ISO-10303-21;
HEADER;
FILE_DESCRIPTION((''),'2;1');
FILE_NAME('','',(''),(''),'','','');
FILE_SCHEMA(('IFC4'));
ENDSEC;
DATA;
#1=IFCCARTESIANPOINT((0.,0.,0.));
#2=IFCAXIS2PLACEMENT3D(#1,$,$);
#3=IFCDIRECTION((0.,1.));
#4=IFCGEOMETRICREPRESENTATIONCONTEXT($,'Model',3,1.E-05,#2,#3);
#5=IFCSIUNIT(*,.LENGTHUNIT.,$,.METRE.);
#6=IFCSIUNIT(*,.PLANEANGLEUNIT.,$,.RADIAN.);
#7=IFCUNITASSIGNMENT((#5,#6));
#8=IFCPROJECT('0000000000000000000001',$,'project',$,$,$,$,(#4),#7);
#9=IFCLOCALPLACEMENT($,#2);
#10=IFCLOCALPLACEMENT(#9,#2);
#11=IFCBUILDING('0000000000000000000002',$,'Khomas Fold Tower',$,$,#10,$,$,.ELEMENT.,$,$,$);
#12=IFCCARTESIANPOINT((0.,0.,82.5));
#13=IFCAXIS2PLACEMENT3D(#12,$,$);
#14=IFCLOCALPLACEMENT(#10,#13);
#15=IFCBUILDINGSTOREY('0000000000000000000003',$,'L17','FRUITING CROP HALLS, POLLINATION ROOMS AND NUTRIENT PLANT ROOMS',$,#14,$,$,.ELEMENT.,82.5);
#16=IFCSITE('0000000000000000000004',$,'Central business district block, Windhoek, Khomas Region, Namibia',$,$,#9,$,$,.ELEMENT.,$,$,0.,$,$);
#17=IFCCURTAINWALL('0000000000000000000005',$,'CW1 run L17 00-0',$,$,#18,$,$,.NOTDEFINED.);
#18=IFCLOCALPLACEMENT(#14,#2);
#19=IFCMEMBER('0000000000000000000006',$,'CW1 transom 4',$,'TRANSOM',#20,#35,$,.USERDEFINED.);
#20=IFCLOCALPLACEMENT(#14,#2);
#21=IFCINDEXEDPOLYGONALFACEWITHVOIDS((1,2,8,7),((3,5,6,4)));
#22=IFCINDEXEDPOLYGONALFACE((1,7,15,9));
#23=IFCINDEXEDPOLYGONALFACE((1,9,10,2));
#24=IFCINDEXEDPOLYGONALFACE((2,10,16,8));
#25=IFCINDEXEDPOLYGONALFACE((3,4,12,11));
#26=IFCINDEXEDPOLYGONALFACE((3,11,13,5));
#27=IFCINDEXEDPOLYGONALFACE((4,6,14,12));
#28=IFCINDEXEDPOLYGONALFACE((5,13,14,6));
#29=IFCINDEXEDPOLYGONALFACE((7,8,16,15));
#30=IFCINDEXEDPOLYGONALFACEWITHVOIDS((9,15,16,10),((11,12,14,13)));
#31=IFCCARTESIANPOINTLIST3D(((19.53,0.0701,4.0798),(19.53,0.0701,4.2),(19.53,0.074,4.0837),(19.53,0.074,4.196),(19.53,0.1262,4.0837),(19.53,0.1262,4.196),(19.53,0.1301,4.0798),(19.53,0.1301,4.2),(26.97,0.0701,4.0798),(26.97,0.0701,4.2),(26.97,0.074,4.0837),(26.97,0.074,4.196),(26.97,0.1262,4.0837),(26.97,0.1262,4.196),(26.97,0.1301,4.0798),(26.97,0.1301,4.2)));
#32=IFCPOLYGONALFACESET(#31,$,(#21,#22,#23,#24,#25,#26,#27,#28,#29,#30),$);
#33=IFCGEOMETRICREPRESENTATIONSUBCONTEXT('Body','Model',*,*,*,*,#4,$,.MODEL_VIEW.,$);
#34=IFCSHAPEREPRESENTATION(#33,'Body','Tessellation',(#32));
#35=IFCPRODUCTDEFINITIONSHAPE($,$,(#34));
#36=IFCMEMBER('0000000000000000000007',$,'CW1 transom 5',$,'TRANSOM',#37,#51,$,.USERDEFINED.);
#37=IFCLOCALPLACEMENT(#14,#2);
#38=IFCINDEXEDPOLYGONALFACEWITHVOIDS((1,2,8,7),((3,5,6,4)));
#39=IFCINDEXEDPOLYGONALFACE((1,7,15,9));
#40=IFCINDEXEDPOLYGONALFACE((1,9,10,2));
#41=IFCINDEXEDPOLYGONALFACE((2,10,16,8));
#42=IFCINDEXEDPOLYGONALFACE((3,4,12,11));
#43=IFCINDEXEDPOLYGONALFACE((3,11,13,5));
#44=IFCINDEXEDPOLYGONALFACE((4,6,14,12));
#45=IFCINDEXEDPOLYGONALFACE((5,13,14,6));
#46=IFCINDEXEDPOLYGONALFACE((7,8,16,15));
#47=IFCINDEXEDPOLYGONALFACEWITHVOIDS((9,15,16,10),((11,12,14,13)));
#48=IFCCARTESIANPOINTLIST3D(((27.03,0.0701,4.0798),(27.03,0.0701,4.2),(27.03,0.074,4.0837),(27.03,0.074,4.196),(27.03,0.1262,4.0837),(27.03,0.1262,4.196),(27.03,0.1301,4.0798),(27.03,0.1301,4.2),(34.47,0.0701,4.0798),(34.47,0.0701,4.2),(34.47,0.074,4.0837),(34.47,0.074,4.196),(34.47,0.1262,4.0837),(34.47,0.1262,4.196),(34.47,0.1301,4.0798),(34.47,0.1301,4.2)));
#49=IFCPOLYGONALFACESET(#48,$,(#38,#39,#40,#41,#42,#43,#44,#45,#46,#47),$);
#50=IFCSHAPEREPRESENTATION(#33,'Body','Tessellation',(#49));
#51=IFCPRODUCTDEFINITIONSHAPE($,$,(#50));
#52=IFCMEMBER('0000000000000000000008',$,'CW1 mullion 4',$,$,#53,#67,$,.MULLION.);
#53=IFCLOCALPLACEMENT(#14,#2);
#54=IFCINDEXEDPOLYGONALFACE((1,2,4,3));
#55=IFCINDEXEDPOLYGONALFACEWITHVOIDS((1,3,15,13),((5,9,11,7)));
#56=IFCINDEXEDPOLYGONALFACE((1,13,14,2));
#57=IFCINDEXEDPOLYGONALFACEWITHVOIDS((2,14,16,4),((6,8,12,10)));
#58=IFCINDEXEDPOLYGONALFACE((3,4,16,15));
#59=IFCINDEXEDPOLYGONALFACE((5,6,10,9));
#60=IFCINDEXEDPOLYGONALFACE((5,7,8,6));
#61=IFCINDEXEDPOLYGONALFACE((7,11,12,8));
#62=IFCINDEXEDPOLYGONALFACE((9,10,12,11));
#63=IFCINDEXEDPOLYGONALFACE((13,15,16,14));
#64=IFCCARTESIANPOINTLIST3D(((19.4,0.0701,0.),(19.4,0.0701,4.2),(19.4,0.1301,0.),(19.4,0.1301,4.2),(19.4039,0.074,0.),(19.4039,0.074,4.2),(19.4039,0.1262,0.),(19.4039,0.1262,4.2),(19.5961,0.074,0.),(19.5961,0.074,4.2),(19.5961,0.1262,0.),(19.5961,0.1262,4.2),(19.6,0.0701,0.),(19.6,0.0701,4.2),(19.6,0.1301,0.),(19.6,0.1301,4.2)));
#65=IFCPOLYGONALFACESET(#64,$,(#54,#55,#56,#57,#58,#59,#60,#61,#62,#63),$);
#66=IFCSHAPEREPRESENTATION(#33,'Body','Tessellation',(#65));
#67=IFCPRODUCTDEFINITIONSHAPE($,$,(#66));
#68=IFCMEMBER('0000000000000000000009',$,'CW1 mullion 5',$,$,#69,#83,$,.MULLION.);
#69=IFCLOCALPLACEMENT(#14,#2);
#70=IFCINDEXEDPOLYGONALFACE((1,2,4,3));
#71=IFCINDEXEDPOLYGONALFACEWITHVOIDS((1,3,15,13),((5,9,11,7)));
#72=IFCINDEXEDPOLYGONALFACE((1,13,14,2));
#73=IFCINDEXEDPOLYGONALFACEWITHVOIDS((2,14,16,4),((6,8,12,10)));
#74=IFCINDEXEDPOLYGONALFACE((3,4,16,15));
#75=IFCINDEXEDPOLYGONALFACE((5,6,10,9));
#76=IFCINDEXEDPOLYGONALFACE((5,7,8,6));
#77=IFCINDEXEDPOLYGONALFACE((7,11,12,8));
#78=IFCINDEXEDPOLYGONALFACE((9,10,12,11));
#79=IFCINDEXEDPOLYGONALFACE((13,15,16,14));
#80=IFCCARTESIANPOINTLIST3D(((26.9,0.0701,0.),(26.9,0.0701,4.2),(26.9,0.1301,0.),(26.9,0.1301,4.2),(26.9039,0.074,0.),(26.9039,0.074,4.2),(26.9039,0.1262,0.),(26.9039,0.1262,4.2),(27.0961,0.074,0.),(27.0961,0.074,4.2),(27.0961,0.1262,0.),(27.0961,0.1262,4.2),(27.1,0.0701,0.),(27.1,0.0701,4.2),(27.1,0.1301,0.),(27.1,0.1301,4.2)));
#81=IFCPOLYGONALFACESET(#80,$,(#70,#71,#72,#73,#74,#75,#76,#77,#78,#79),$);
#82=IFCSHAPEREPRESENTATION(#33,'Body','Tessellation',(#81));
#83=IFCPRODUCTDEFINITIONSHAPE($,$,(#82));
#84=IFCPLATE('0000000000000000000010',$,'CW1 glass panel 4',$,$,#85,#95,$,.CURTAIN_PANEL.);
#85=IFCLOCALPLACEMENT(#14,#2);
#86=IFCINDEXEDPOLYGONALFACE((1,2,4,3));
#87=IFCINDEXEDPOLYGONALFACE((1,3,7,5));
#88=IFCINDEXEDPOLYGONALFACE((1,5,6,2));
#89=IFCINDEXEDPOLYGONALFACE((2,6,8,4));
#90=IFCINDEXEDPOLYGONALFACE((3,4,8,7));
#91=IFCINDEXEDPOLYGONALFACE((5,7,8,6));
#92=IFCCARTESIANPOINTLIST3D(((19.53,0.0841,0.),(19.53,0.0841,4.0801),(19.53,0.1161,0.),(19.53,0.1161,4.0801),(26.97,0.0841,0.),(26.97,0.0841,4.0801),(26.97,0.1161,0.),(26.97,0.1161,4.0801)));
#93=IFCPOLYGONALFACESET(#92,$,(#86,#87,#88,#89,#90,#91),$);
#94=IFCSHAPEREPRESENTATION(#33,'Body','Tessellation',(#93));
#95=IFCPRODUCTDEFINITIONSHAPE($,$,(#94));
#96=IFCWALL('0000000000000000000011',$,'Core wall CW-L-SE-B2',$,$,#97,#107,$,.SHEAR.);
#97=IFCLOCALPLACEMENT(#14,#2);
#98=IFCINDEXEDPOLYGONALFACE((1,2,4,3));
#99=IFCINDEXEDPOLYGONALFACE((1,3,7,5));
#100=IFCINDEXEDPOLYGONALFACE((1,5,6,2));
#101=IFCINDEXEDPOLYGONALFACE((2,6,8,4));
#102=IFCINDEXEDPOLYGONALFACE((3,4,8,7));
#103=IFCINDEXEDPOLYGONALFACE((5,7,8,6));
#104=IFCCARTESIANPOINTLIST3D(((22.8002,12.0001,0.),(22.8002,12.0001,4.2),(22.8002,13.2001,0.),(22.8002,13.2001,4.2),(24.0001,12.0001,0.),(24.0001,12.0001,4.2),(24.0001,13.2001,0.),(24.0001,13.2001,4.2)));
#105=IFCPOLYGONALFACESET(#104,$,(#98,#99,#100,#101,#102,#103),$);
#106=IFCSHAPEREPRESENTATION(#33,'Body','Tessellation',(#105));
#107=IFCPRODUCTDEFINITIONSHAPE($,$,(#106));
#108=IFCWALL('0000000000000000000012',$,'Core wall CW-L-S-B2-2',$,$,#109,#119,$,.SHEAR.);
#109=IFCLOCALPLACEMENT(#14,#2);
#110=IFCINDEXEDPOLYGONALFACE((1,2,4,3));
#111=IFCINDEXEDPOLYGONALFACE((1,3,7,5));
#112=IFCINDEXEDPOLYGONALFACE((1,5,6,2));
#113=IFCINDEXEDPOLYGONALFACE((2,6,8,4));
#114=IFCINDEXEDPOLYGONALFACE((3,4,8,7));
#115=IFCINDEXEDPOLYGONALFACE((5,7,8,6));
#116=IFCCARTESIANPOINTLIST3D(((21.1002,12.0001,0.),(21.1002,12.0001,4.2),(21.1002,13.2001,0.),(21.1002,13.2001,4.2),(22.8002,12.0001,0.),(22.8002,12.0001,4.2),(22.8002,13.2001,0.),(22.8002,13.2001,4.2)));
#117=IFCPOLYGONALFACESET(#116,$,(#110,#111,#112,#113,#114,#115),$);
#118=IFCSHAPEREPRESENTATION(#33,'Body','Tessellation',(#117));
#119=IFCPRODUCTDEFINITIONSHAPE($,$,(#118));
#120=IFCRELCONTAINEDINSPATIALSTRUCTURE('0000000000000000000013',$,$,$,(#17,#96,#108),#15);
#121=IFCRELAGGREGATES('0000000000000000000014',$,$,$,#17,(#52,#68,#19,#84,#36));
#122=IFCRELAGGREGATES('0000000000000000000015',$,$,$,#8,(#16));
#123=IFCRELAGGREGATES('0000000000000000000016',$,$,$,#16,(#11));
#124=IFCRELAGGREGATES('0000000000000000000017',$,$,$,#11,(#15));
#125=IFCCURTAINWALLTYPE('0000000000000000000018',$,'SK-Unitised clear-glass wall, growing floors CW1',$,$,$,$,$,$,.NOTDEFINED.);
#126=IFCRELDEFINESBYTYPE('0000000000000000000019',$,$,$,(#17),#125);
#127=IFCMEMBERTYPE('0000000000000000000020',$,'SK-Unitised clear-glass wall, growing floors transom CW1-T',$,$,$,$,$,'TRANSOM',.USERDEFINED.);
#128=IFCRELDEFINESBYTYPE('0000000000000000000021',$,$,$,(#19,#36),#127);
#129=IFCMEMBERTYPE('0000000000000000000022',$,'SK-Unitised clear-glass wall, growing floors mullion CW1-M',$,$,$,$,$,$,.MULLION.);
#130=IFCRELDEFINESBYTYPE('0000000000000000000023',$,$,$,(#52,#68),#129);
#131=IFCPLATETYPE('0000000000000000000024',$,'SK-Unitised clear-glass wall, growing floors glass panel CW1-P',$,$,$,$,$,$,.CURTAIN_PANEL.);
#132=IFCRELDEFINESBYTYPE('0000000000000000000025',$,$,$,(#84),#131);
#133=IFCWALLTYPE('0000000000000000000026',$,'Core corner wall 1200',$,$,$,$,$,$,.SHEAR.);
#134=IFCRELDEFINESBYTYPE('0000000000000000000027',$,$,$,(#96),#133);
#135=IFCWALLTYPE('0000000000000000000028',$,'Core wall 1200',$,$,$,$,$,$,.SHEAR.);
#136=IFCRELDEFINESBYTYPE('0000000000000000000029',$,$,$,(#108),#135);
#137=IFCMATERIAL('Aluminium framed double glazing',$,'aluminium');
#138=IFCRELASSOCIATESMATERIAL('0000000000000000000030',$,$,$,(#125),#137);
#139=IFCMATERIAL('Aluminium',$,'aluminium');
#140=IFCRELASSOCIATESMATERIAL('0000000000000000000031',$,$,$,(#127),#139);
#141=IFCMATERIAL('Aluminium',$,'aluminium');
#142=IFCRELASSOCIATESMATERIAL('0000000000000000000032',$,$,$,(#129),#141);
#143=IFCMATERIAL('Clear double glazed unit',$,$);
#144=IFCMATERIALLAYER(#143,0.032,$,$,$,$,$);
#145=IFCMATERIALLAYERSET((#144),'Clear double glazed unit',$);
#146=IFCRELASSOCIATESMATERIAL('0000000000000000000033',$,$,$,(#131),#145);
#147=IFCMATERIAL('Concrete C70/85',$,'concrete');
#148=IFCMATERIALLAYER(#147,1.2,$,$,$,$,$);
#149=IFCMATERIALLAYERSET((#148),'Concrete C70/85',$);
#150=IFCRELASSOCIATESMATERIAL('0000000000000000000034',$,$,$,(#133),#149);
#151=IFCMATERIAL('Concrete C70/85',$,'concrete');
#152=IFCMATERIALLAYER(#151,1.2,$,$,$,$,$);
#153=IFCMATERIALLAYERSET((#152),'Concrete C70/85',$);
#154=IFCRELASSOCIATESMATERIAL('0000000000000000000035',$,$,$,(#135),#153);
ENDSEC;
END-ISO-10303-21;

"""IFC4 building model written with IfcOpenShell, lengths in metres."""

from ifc_helpers import new_model, si_unit, direction, frame, frame_2d, origin, origin_2d, place, context, subcontext, project, spatial, rectangle, hollow_rectangle, extrude, source, transform, mapped, material, layer, layer_set, material_profile, profile_set, type_object, element, aggregate, save


model = new_model("IFC4")

# Units and contexts
model_context = context("Model", 3, precision=1e-05, world=origin(), true_north=direction((0.0, 1.0)))
body_context = subcontext(model_context, "Body", "Model", "MODEL_VIEW")
ifc_project = project(units=[si_unit("LENGTHUNIT", "METRE"), si_unit("PLANEANGLEUNIT", "RADIAN")], contexts=[model_context])

# Site, building, storey
site_placement = place(None, origin())
site = spatial("IfcSite", under=ifc_project, at=site_placement, Name="Central business district block, Windhoek, Khomas Region, Namibia", CompositionType="ELEMENT", RefElevation=0.0)
building_placement = place(site_placement, origin())
building = spatial("IfcBuilding", under=site, at=building_placement, Name="Khomas Fold Tower", CompositionType="ELEMENT")
storey_placement = place(building_placement, frame((0.0, 0.0, 82.5)))
storey = spatial("IfcBuildingStorey", under=building, at=storey_placement, Name="L17", Description="FRUITING CROP HALLS, POLLINATION ROOMS AND NUTRIENT PLANT ROOMS", CompositionType="ELEMENT", Elevation=82.5)

# Curtain wall, members, plate
ifc_material_1 = material(Name="Aluminium framed double glazing", Category="aluminium")
curtain_wall_type = type_object("IfcCurtainWallType", Name="SK-Unitised clear-glass wall, growing floors CW1", PredefinedType="NOTDEFINED", material=ifc_material_1)
curtain_wall_placement = place(storey_placement, origin())
curtain_wall = element("IfcCurtainWall", 1, at=curtain_wall_placement, inside=storey, type_object=curtain_wall_type, Name="CW1 run L17 00-0", PredefinedType="NOTDEFINED")
ifc_material_2 = material(Name="Aluminium", Category="aluminium")
ifc_material_profile_1 = material_profile(ifc_material_2, hollow_rectangle(XDim=0.0601, YDim=0.1201, WallThickness=0.0039, at=origin_2d()), Name="SK-Unitised clear-glass wall, growing floors transom CW1-T")
ifc_profile_set_1 = profile_set([ifc_material_profile_1], Name="Aluminium")
member_type_1 = type_object("IfcMemberType", Name="SK-Unitised clear-glass wall, growing floors transom CW1-T", ElementType="TRANSOM", PredefinedType="USERDEFINED", material=ifc_profile_set_1)
shared_shape_1 = source(origin(), body_context, "Body", "SweptSolid", [
    extrude(hollow_rectangle(XDim=0.0601, YDim=0.1201, WallThickness=0.0039, at=origin_2d()), origin(), (0.0, 0.0, 1.0), 7.4399),
])
member_1_placement = place(storey_placement, frame((19.53, 0.1001, 4.1399), z_axis=(1.0, 0.0, 0.0), x_axis=(0.0, 1.0, 0.0)))
member_1 = element("IfcMember", 2, at=member_1_placement, type_object=member_type_1, Name="CW1 transom 4", ObjectType="TRANSOM", PredefinedType="USERDEFINED", context=body_context, shape_type="MappedRepresentation", body=[
    mapped(shared_shape_1, transform((0.0, 0.0, 0.0))),
])
member_2_placement = place(storey_placement, frame((27.03, 0.1001, 4.1399), z_axis=(1.0, 0.0, 0.0), x_axis=(0.0, 1.0, 0.0)))
member_2 = element("IfcMember", 3, at=member_2_placement, type_object=member_type_1, Name="CW1 transom 5", ObjectType="TRANSOM", PredefinedType="USERDEFINED", context=body_context, shape_type="MappedRepresentation", body=[
    mapped(shared_shape_1, transform((0.0, 0.0, 0.0))),
])
ifc_material_3 = material(Name="Aluminium", Category="aluminium")
ifc_material_profile_2 = material_profile(ifc_material_3, hollow_rectangle(XDim=0.0601, YDim=0.2, WallThickness=0.0039, at=origin_2d()), Name="SK-Unitised clear-glass wall, growing floors mullion CW1-M")
ifc_profile_set_2 = profile_set([ifc_material_profile_2], Name="Aluminium")
member_type_2 = type_object("IfcMemberType", Name="SK-Unitised clear-glass wall, growing floors mullion CW1-M", PredefinedType="MULLION", material=ifc_profile_set_2)
shared_shape_2 = source(origin(), body_context, "Body", "SweptSolid", [
    extrude(hollow_rectangle(XDim=0.0601, YDim=0.2, WallThickness=0.0039, at=origin_2d()), origin(), (0.0, 0.0, 1.0), 4.2),
])
member_3_placement = place(storey_placement, frame((19.5, 0.1001, 0.0), z_axis=(0.0, 0.0, 1.0), x_axis=(0.0, 1.0, 0.0)))
member_3 = element("IfcMember", 4, at=member_3_placement, type_object=member_type_2, Name="CW1 mullion 4", PredefinedType="MULLION", context=body_context, shape_type="MappedRepresentation", body=[
    mapped(shared_shape_2, transform((0.0, 0.0, 0.0))),
])
member_4_placement = place(storey_placement, frame((27.0, 0.1001, 0.0), z_axis=(0.0, 0.0, 1.0), x_axis=(0.0, 1.0, 0.0)))
member_4 = element("IfcMember", 5, at=member_4_placement, type_object=member_type_2, Name="CW1 mullion 5", PredefinedType="MULLION", context=body_context, shape_type="MappedRepresentation", body=[
    mapped(shared_shape_2, transform((0.0, 0.0, 0.0))),
])
ifc_material_4 = material(Name="Clear double glazed unit")
ifc_layer_1 = layer(ifc_material_4, 0.032)
ifc_layer_set_1 = layer_set([ifc_layer_1], Name="Clear double glazed unit")
plate_type = type_object("IfcPlateType", Name="SK-Unitised clear-glass wall, growing floors glass panel CW1-P", PredefinedType="CURTAIN_PANEL", material=ifc_layer_set_1)
shared_shape_3 = source(origin(), body_context, "Body", "SweptSolid", [
    extrude(rectangle(XDim=7.4399, YDim=0.032, at=origin_2d()), origin(), (0.0, 0.0, 1.0), 4.0801),
])
plate_placement = place(storey_placement, frame((23.25, 0.1001, 0.0), z_axis=(0.0, 0.0, 1.0), x_axis=(1.0, 0.0, 0.0)))
plate = element("IfcPlate", 6, at=plate_placement, type_object=plate_type, Name="CW1 glass panel 4", PredefinedType="CURTAIN_PANEL", context=body_context, shape_type="MappedRepresentation", body=[
    mapped(shared_shape_3, transform((0.0, 0.0, 0.0))),
])
aggregate(curtain_wall, [member_3, member_4, member_1, plate, member_2])

# Walls
ifc_material_5 = material(Name="Concrete C70/85", Category="concrete")
ifc_layer_2 = layer(ifc_material_5, 1.2)
ifc_layer_set_2 = layer_set([ifc_layer_2], Name="Concrete C70/85")
wall_type_1 = type_object("IfcWallType", Name="Core corner wall 1200", PredefinedType="SHEAR", material=ifc_layer_set_2)
shared_shape_4 = source(origin(), body_context, "Body", "SweptSolid", [
    extrude(rectangle(XDim=1.2, YDim=1.2, at=frame_2d((0.6001, 0.0))), origin(), (0.0, 0.0, 1.0), 4.2),
])
wall_1_placement = place(storey_placement, frame((22.8, 12.6001, 0.0), z_axis=(0.0, 0.0, 1.0), x_axis=(1.0, 0.0, 0.0)))
element("IfcWall", 7, at=wall_1_placement, inside=storey, type_object=wall_type_1, Name="Core wall CW-L-SE-B2", PredefinedType="SHEAR", context=body_context, shape_type="MappedRepresentation", body=[
    mapped(shared_shape_4, transform((0.0, 0.0, 0.0))),
])
ifc_material_6 = material(Name="Concrete C70/85", Category="concrete")
ifc_layer_3 = layer(ifc_material_6, 1.2)
ifc_layer_set_3 = layer_set([ifc_layer_3], Name="Concrete C70/85")
wall_type_2 = type_object("IfcWallType", Name="Core wall 1200", PredefinedType="SHEAR", material=ifc_layer_set_3)
shared_shape_5 = source(origin(), body_context, "Body", "SweptSolid", [
    extrude(rectangle(XDim=1.7, YDim=1.2, at=frame_2d((0.8501, 0.0))), origin(), (0.0, 0.0, 1.0), 4.2),
])
wall_2_placement = place(storey_placement, frame((21.1001, 12.6001, 0.0), z_axis=(0.0, 0.0, 1.0), x_axis=(1.0, 0.0, 0.0)))
element("IfcWall", 8, at=wall_2_placement, inside=storey, type_object=wall_type_2, Name="Core wall CW-L-S-B2-2", PredefinedType="SHEAR", context=body_context, shape_type="MappedRepresentation", body=[
    mapped(shared_shape_5, transform((0.0, 0.0, 0.0))),
])

save(model, "model.ifc")
